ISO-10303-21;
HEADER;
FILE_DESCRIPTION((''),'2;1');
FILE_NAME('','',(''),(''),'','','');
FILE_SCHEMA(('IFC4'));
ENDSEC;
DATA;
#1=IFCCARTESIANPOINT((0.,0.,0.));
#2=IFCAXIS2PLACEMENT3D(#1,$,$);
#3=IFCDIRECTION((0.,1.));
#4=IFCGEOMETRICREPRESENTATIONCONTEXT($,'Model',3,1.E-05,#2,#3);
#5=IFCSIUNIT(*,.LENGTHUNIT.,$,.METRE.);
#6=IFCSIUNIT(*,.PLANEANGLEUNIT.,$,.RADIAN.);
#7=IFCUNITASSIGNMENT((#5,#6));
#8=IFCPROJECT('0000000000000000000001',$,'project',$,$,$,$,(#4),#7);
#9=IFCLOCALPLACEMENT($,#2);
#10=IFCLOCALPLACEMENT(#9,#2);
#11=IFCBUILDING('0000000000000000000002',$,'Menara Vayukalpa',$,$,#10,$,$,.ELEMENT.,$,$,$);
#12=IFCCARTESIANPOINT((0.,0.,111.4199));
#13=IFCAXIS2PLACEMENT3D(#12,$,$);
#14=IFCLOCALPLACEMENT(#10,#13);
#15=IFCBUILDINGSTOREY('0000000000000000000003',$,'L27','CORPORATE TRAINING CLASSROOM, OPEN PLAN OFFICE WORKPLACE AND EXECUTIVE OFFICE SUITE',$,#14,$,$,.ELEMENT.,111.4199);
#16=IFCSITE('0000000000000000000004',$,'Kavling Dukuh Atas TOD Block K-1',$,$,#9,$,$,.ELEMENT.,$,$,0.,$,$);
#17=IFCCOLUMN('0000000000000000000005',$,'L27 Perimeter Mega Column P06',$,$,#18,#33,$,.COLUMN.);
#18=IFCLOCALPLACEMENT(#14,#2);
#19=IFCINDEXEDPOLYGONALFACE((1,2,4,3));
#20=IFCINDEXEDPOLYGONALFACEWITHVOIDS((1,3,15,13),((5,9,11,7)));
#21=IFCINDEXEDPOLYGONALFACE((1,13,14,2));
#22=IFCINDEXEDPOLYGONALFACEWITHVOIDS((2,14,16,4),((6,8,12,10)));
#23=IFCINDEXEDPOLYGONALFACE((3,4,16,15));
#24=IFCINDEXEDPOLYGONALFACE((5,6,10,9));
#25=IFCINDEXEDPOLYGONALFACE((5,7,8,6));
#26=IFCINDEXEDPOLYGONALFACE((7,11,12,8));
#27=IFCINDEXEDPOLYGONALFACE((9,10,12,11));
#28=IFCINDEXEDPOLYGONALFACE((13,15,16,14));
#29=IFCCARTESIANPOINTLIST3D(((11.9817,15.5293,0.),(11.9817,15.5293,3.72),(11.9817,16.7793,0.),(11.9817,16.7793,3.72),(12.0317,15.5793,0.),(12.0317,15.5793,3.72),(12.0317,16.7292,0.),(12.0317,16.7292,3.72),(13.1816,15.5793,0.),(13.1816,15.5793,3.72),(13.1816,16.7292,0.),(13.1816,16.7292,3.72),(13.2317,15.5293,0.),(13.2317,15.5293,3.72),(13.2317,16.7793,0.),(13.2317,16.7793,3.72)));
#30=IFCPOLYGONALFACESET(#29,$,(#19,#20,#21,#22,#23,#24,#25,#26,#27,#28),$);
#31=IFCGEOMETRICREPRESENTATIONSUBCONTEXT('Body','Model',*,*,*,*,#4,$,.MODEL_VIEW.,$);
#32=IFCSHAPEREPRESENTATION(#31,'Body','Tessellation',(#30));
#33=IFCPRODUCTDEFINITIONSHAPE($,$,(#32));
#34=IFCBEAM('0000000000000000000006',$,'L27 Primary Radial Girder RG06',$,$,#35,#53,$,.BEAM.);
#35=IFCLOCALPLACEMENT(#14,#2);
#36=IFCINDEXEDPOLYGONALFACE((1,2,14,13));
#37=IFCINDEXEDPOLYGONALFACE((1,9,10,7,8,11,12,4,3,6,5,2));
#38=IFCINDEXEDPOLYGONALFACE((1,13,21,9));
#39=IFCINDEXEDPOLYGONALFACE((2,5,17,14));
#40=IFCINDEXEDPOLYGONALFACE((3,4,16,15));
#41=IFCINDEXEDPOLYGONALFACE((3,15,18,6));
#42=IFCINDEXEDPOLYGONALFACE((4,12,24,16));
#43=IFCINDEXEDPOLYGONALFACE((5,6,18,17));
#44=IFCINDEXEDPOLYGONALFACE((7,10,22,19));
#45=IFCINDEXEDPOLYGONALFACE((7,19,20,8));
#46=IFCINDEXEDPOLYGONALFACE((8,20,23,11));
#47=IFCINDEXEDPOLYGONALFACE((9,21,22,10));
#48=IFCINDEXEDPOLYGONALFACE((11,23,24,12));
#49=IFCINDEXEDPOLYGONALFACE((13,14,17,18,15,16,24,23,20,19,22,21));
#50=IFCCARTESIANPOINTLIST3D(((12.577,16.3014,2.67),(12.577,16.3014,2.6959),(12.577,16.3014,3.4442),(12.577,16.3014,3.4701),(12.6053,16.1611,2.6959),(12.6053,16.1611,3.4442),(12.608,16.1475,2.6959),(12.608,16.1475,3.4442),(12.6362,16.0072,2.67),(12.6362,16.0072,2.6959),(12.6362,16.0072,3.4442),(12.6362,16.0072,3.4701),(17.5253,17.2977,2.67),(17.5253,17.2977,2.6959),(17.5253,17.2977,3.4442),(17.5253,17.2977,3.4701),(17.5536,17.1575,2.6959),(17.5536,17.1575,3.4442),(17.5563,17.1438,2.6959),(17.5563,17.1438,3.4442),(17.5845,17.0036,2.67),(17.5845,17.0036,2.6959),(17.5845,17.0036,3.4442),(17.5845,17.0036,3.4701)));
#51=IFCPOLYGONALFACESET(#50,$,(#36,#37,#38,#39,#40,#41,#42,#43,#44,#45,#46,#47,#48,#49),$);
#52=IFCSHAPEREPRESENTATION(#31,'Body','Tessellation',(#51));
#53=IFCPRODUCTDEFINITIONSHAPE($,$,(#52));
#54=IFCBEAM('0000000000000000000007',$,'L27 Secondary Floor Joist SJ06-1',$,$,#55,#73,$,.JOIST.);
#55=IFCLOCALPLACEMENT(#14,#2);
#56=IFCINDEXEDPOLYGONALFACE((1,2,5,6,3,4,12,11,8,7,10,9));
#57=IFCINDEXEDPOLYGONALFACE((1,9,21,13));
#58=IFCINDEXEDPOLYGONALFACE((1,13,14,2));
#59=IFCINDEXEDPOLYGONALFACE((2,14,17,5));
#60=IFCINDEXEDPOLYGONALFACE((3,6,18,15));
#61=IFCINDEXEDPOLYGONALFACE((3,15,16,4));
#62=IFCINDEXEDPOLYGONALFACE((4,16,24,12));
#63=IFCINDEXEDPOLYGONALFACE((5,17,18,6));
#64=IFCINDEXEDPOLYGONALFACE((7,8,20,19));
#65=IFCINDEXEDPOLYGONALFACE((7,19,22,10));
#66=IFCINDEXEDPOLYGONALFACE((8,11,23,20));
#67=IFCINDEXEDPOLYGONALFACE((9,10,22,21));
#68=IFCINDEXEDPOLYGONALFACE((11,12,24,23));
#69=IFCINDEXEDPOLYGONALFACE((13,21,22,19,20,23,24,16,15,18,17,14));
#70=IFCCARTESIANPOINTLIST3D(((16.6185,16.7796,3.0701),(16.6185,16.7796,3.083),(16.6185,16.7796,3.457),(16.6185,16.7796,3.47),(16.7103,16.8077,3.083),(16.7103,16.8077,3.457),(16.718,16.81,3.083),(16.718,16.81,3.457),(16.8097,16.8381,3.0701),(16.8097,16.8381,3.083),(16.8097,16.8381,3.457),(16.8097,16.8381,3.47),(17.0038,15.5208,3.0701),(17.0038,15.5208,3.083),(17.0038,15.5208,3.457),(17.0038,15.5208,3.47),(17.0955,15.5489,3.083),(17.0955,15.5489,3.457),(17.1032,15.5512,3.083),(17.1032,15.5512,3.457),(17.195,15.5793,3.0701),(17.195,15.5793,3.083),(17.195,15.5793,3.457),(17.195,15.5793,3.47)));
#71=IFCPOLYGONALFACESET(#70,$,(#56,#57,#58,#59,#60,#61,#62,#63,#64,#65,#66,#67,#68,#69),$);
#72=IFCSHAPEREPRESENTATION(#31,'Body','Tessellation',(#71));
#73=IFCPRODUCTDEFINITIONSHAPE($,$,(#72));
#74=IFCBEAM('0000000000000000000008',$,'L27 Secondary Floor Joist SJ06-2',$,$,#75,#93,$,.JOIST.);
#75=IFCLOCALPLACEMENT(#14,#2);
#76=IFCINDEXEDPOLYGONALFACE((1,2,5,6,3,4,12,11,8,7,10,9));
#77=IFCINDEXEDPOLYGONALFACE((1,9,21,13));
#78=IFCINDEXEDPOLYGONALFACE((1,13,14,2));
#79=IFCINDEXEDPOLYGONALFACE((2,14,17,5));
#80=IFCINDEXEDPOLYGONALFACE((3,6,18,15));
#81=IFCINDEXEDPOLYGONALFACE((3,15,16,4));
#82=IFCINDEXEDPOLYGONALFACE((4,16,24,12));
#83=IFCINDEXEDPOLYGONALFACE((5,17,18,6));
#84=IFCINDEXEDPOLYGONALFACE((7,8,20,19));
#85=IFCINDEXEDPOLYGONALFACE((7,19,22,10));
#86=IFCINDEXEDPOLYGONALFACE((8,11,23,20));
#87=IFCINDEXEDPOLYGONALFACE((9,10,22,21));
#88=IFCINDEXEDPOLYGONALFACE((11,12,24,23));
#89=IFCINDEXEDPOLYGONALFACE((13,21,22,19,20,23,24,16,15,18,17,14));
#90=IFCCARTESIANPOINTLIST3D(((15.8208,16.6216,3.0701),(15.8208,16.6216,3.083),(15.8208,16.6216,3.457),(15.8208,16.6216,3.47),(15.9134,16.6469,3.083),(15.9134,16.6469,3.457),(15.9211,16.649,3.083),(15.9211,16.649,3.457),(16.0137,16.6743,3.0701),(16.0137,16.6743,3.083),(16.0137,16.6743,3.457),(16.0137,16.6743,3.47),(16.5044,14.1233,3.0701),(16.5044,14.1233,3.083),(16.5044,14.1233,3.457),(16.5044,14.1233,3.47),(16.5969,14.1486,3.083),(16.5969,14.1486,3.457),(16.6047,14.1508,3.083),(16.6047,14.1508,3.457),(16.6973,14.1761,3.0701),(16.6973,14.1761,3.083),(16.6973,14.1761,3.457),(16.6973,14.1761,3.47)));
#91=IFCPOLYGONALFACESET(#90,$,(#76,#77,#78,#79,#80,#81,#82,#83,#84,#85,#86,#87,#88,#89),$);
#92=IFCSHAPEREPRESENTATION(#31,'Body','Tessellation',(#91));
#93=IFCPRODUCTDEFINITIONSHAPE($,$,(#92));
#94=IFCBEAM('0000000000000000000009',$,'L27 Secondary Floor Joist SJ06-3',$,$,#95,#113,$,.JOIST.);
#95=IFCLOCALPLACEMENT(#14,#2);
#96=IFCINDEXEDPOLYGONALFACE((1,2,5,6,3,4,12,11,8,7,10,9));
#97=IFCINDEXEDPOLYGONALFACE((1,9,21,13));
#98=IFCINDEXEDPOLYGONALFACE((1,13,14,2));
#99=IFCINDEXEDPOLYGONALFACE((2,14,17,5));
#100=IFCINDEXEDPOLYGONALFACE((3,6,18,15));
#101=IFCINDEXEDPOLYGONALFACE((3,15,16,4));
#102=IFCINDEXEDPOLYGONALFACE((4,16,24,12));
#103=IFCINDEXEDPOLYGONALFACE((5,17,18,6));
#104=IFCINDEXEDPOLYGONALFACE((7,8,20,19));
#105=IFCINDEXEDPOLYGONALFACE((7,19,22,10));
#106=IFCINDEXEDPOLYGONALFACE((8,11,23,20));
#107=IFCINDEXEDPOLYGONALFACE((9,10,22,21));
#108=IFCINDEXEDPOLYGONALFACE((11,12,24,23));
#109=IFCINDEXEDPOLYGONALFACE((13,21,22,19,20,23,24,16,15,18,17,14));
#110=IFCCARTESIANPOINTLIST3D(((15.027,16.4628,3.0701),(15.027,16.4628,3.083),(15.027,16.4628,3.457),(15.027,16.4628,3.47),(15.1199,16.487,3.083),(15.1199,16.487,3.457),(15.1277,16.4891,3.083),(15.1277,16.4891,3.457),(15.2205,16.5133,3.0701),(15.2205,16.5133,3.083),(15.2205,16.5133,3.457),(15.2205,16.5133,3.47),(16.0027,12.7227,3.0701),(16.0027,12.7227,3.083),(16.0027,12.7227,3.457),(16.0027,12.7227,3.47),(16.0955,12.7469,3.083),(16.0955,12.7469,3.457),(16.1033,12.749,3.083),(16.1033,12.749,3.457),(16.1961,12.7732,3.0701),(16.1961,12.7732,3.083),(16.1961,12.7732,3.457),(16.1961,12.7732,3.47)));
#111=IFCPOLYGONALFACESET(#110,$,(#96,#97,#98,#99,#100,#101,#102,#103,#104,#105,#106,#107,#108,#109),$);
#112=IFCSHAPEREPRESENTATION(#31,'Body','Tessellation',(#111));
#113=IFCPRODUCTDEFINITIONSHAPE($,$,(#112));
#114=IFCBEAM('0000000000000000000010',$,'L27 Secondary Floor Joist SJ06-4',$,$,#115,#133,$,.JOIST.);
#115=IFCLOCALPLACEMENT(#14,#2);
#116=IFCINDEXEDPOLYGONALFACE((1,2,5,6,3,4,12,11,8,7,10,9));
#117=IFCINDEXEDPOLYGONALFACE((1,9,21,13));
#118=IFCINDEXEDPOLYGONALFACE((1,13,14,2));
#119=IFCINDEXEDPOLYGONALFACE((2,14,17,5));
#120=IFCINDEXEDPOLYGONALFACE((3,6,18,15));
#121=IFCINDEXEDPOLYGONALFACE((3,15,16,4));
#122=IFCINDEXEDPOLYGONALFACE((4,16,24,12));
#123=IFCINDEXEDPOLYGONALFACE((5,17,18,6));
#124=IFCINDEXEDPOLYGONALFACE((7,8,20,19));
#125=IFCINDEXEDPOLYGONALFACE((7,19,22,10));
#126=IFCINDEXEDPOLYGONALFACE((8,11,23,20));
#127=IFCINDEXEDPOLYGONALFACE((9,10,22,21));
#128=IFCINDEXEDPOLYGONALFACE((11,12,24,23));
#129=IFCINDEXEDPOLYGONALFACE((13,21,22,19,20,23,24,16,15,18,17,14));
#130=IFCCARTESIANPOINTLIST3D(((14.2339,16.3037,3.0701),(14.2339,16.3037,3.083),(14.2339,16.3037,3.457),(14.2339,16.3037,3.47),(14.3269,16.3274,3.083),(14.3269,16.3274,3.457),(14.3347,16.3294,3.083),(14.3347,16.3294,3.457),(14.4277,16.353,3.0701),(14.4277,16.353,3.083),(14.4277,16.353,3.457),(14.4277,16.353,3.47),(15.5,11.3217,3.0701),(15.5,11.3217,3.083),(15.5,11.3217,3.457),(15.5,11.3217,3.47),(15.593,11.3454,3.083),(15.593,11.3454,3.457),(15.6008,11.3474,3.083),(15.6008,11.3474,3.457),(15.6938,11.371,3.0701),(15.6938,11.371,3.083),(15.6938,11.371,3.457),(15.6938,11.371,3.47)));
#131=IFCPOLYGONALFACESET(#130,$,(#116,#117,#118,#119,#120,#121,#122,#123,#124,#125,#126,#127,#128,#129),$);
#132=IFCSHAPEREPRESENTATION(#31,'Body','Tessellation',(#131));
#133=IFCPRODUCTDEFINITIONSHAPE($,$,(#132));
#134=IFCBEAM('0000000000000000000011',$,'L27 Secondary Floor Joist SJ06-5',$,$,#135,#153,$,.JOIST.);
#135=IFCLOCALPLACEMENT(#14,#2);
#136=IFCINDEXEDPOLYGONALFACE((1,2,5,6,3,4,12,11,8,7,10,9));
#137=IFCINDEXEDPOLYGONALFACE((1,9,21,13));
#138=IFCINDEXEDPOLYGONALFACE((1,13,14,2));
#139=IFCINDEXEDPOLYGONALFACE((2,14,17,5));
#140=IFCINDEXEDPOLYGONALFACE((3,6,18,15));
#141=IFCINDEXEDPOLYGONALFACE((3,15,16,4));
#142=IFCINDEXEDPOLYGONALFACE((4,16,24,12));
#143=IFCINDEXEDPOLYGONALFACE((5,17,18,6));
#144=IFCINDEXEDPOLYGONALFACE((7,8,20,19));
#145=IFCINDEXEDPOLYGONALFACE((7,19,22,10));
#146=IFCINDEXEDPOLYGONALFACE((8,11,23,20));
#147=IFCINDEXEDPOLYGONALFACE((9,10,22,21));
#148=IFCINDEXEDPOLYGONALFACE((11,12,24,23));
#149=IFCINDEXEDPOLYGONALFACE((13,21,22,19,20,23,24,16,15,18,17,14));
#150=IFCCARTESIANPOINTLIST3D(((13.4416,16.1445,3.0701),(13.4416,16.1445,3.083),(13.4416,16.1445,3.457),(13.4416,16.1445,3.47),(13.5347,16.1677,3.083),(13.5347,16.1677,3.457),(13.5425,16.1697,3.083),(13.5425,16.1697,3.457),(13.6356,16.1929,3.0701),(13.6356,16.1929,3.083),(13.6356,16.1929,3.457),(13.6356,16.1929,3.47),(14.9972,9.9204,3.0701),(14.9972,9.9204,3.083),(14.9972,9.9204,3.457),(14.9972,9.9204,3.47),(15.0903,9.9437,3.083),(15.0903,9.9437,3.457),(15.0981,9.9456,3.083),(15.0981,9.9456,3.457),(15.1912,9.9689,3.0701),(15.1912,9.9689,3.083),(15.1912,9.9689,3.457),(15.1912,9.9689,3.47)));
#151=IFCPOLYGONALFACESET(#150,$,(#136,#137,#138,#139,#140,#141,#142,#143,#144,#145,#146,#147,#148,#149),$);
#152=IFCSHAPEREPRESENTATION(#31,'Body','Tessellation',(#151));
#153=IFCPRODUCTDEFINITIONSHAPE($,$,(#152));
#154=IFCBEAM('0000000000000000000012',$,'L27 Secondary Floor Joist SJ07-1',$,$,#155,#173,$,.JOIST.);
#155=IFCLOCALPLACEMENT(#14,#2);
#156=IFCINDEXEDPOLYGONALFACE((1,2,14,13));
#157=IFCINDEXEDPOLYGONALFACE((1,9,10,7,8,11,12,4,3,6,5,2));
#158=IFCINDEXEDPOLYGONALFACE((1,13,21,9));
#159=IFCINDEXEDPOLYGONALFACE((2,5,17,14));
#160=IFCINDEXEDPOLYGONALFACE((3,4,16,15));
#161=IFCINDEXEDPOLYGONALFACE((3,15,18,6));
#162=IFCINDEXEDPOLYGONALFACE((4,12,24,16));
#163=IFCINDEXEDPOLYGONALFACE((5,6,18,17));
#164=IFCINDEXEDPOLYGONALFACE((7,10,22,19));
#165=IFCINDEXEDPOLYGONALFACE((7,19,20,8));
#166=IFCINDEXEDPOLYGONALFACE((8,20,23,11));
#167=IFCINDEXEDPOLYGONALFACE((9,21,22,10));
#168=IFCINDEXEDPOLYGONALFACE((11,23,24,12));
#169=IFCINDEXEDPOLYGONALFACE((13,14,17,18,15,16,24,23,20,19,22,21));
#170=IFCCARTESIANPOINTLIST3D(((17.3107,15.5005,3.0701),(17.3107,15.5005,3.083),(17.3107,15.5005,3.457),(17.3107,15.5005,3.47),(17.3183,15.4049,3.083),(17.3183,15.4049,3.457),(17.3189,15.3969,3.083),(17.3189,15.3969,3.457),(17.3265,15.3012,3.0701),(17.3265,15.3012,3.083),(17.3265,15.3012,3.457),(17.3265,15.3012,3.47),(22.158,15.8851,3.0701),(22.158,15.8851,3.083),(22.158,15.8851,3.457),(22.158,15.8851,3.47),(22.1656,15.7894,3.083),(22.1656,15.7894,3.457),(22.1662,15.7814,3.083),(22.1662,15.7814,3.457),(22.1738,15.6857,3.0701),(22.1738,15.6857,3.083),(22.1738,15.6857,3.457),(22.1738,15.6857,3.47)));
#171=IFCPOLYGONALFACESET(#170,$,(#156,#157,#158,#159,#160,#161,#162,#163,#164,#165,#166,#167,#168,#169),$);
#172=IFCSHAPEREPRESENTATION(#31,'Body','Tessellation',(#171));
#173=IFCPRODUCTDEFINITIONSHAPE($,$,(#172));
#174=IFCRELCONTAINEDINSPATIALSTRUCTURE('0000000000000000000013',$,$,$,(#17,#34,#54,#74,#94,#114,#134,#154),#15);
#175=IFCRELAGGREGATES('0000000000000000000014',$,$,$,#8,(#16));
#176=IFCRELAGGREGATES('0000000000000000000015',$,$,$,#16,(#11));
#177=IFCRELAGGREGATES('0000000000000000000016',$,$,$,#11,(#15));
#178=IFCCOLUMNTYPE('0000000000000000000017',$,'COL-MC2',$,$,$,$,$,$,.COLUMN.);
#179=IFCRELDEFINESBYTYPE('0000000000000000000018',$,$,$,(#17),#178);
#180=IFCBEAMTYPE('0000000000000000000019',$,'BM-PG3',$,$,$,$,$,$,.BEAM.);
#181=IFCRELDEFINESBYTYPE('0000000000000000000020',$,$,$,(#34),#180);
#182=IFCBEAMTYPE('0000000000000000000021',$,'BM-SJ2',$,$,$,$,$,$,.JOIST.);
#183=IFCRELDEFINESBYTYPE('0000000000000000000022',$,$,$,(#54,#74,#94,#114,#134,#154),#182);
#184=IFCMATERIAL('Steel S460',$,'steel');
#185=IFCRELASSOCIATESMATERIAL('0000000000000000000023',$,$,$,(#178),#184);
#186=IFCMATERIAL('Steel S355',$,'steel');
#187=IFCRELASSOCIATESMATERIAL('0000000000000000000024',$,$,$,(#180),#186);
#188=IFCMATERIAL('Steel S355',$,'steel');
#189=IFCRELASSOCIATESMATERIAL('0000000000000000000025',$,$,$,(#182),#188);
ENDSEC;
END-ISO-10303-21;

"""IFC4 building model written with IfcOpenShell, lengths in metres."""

from ifc_helpers import new_model, si_unit, direction, frame, origin, origin_2d, place, context, subcontext, project, spatial, hollow_rectangle, i_section, extrude, material, material_profile, profile_set, type_object, element, save


model = new_model("IFC4")

# Units and contexts
model_context = context("Model", 3, precision=1e-05, world=origin(), true_north=direction((0.0, 1.0)))
body_context = subcontext(model_context, "Body", "Model", "MODEL_VIEW")
ifc_project = project(units=[si_unit("LENGTHUNIT", "METRE"), si_unit("PLANEANGLEUNIT", "RADIAN")], contexts=[model_context])

# Site, building, storey
site_placement = place(None, origin())
site = spatial("IfcSite", under=ifc_project, at=site_placement, Name="Kavling Dukuh Atas TOD Block K-1", CompositionType="ELEMENT", RefElevation=0.0)
building_placement = place(site_placement, origin())
building = spatial("IfcBuilding", under=site, at=building_placement, Name="Menara Vayukalpa", CompositionType="ELEMENT")
storey_placement = place(building_placement, frame((0.0, 0.0, 111.4199)))
storey = spatial("IfcBuildingStorey", under=building, at=storey_placement, Name="L27", Description="CORPORATE TRAINING CLASSROOM, OPEN PLAN OFFICE WORKPLACE AND EXECUTIVE OFFICE SUITE", CompositionType="ELEMENT", Elevation=111.4199)

# Column
ifc_material_1 = material(Name="Steel S460", Category="steel")
ifc_material_profile_1 = material_profile(ifc_material_1, hollow_rectangle(XDim=1.25, YDim=1.25, WallThickness=0.05, at=origin_2d()), Name="BOX 1250x1250x50")
ifc_profile_set_1 = profile_set([ifc_material_profile_1], Name="Steel S460")
column_type = type_object("IfcColumnType", Name="COL-MC2", PredefinedType="COLUMN", material=ifc_profile_set_1)
column_placement = place(storey_placement, frame((12.6067, 16.1543, 0.0), z_axis=(0.0, 0.0, 1.0), x_axis=(1.0, 0.0, 0.0)))
element("IfcColumn", 1, at=column_placement, inside=storey, type_object=column_type, Name="L27 Perimeter Mega Column P06", PredefinedType="COLUMN", context=body_context, shape_type="SweptSolid", body=[
    extrude(hollow_rectangle(XDim=1.25, YDim=1.25, WallThickness=0.05, at=origin_2d()), origin(), (0.0, 0.0, 1.0), 3.72),
])

# Beams
ifc_material_2 = material(Name="Steel S355", Category="steel")
ifc_material_profile_2 = material_profile(ifc_material_2, i_section(OverallWidth=0.3, OverallDepth=0.8, WebThickness=0.0139, FlangeThickness=0.0259, at=origin_2d()), Name="WF 800x300x14x26")
ifc_profile_set_2 = profile_set([ifc_material_profile_2], Name="Steel S355")
beam_type_1 = type_object("IfcBeamType", Name="BM-PG3", PredefinedType="BEAM", material=ifc_profile_set_2)
beam_1_placement = place(storey_placement, frame((17.5549, 17.1506, 3.0701), z_axis=(-0.980325, -0.19739, 0.0), x_axis=(0.19739, -0.980325, 0.0)))
element("IfcBeam", 2, at=beam_1_placement, inside=storey, type_object=beam_type_1, Name="L27 Primary Radial Girder RG06", PredefinedType="BEAM", context=body_context, shape_type="SweptSolid", body=[
    extrude(i_section(OverallWidth=0.3, OverallDepth=0.8, WebThickness=0.0139, FlangeThickness=0.0259, at=origin_2d()), origin(), (0.0, 0.0, 1.0), 5.0476),
])
ifc_material_3 = material(Name="Steel S355", Category="steel")
ifc_material_profile_3 = material_profile(ifc_material_3, i_section(OverallWidth=0.2, OverallDepth=0.3999, WebThickness=0.0081, FlangeThickness=0.0129, at=origin_2d()), Name="WF 400x200x8x13")
ifc_profile_set_3 = profile_set([ifc_material_profile_3], Name="Steel S355")
beam_type_2 = type_object("IfcBeamType", Name="BM-SJ2", PredefinedType="JOIST", material=ifc_profile_set_3)
beam_2_placement = place(storey_placement, frame((16.7141, 16.8088, 3.27), z_axis=(0.292652, -0.956219, 0.0), x_axis=(0.956219, 0.292652, 0.0)))
element("IfcBeam", 3, at=beam_2_placement, inside=storey, type_object=beam_type_2, Name="L27 Secondary Floor Joist SJ06-1", PredefinedType="JOIST", context=body_context, shape_type="SweptSolid", body=[
    extrude(i_section(OverallWidth=0.2, OverallDepth=0.3999, WebThickness=0.0081, FlangeThickness=0.0129, at=origin_2d()), origin(), (0.0, 0.0, 1.0), 1.3164),
])
beam_3_placement = place(storey_placement, frame((15.9172, 16.6479, 3.27), z_axis=(0.263923, -0.964544, 0.0), x_axis=(0.964544, 0.263923, 0.0)))
element("IfcBeam", 4, at=beam_3_placement, inside=storey, type_object=beam_type_2, Name="L27 Secondary Floor Joist SJ06-2", PredefinedType="JOIST", context=body_context, shape_type="SweptSolid", body=[
    extrude(i_section(OverallWidth=0.2, OverallDepth=0.3999, WebThickness=0.0081, FlangeThickness=0.0129, at=origin_2d()), origin(), (0.0, 0.0, 1.0), 2.5901),
])
beam_4_placement = place(storey_placement, frame((15.1238, 16.488, 3.27), z_axis=(0.252406, -0.967621, 0.0), x_axis=(0.967621, 0.252406, 0.0)))
element("IfcBeam", 5, at=beam_4_placement, inside=storey, type_object=beam_type_2, Name="L27 Secondary Floor Joist SJ06-3", PredefinedType="JOIST", context=body_context, shape_type="SweptSolid", body=[
    extrude(i_section(OverallWidth=0.2, OverallDepth=0.3999, WebThickness=0.0081, FlangeThickness=0.0129, at=origin_2d()), origin(), (0.0, 0.0, 1.0), 3.8652),
])
beam_5_placement = place(storey_placement, frame((14.3308, 16.3284, 3.27), z_axis=(0.246311, -0.969191, 0.0), x_axis=(0.969191, 0.246311, 0.0)))
element("IfcBeam", 6, at=beam_5_placement, inside=storey, type_object=beam_type_2, Name="L27 Secondary Floor Joist SJ06-4", PredefinedType="JOIST", context=body_context, shape_type="SweptSolid", body=[
    extrude(i_section(OverallWidth=0.2, OverallDepth=0.3999, WebThickness=0.0081, FlangeThickness=0.0129, at=origin_2d()), origin(), (0.0, 0.0, 1.0), 5.1404),
])
beam_6_placement = place(storey_placement, frame((13.5386, 16.1687, 3.27), z_axis=(0.242482, -0.970156, 0.0), x_axis=(0.970156, 0.242482, 0.0)))
element("IfcBeam", 7, at=beam_6_placement, inside=storey, type_object=beam_type_2, Name="L27 Secondary Floor Joist SJ06-5", PredefinedType="JOIST", context=body_context, shape_type="SweptSolid", body=[
    extrude(i_section(OverallWidth=0.2, OverallDepth=0.3999, WebThickness=0.0081, FlangeThickness=0.0129, at=origin_2d()), origin(), (0.0, 0.0, 1.0), 6.4155),
])
beam_7_placement = place(storey_placement, frame((17.3186, 15.4009, 3.27), z_axis=(0.996869, 0.079077, 0.0), x_axis=(-0.079077, 0.996869, 0.0)))
element("IfcBeam", 8, at=beam_7_placement, inside=storey, type_object=beam_type_2, Name="L27 Secondary Floor Joist SJ07-1", PredefinedType="JOIST", context=body_context, shape_type="SweptSolid", body=[
    extrude(i_section(OverallWidth=0.2, OverallDepth=0.3999, WebThickness=0.0081, FlangeThickness=0.0129, at=origin_2d()), origin(), (0.0, 0.0, 1.0), 4.8625),
])

save(model, "model.ifc")
